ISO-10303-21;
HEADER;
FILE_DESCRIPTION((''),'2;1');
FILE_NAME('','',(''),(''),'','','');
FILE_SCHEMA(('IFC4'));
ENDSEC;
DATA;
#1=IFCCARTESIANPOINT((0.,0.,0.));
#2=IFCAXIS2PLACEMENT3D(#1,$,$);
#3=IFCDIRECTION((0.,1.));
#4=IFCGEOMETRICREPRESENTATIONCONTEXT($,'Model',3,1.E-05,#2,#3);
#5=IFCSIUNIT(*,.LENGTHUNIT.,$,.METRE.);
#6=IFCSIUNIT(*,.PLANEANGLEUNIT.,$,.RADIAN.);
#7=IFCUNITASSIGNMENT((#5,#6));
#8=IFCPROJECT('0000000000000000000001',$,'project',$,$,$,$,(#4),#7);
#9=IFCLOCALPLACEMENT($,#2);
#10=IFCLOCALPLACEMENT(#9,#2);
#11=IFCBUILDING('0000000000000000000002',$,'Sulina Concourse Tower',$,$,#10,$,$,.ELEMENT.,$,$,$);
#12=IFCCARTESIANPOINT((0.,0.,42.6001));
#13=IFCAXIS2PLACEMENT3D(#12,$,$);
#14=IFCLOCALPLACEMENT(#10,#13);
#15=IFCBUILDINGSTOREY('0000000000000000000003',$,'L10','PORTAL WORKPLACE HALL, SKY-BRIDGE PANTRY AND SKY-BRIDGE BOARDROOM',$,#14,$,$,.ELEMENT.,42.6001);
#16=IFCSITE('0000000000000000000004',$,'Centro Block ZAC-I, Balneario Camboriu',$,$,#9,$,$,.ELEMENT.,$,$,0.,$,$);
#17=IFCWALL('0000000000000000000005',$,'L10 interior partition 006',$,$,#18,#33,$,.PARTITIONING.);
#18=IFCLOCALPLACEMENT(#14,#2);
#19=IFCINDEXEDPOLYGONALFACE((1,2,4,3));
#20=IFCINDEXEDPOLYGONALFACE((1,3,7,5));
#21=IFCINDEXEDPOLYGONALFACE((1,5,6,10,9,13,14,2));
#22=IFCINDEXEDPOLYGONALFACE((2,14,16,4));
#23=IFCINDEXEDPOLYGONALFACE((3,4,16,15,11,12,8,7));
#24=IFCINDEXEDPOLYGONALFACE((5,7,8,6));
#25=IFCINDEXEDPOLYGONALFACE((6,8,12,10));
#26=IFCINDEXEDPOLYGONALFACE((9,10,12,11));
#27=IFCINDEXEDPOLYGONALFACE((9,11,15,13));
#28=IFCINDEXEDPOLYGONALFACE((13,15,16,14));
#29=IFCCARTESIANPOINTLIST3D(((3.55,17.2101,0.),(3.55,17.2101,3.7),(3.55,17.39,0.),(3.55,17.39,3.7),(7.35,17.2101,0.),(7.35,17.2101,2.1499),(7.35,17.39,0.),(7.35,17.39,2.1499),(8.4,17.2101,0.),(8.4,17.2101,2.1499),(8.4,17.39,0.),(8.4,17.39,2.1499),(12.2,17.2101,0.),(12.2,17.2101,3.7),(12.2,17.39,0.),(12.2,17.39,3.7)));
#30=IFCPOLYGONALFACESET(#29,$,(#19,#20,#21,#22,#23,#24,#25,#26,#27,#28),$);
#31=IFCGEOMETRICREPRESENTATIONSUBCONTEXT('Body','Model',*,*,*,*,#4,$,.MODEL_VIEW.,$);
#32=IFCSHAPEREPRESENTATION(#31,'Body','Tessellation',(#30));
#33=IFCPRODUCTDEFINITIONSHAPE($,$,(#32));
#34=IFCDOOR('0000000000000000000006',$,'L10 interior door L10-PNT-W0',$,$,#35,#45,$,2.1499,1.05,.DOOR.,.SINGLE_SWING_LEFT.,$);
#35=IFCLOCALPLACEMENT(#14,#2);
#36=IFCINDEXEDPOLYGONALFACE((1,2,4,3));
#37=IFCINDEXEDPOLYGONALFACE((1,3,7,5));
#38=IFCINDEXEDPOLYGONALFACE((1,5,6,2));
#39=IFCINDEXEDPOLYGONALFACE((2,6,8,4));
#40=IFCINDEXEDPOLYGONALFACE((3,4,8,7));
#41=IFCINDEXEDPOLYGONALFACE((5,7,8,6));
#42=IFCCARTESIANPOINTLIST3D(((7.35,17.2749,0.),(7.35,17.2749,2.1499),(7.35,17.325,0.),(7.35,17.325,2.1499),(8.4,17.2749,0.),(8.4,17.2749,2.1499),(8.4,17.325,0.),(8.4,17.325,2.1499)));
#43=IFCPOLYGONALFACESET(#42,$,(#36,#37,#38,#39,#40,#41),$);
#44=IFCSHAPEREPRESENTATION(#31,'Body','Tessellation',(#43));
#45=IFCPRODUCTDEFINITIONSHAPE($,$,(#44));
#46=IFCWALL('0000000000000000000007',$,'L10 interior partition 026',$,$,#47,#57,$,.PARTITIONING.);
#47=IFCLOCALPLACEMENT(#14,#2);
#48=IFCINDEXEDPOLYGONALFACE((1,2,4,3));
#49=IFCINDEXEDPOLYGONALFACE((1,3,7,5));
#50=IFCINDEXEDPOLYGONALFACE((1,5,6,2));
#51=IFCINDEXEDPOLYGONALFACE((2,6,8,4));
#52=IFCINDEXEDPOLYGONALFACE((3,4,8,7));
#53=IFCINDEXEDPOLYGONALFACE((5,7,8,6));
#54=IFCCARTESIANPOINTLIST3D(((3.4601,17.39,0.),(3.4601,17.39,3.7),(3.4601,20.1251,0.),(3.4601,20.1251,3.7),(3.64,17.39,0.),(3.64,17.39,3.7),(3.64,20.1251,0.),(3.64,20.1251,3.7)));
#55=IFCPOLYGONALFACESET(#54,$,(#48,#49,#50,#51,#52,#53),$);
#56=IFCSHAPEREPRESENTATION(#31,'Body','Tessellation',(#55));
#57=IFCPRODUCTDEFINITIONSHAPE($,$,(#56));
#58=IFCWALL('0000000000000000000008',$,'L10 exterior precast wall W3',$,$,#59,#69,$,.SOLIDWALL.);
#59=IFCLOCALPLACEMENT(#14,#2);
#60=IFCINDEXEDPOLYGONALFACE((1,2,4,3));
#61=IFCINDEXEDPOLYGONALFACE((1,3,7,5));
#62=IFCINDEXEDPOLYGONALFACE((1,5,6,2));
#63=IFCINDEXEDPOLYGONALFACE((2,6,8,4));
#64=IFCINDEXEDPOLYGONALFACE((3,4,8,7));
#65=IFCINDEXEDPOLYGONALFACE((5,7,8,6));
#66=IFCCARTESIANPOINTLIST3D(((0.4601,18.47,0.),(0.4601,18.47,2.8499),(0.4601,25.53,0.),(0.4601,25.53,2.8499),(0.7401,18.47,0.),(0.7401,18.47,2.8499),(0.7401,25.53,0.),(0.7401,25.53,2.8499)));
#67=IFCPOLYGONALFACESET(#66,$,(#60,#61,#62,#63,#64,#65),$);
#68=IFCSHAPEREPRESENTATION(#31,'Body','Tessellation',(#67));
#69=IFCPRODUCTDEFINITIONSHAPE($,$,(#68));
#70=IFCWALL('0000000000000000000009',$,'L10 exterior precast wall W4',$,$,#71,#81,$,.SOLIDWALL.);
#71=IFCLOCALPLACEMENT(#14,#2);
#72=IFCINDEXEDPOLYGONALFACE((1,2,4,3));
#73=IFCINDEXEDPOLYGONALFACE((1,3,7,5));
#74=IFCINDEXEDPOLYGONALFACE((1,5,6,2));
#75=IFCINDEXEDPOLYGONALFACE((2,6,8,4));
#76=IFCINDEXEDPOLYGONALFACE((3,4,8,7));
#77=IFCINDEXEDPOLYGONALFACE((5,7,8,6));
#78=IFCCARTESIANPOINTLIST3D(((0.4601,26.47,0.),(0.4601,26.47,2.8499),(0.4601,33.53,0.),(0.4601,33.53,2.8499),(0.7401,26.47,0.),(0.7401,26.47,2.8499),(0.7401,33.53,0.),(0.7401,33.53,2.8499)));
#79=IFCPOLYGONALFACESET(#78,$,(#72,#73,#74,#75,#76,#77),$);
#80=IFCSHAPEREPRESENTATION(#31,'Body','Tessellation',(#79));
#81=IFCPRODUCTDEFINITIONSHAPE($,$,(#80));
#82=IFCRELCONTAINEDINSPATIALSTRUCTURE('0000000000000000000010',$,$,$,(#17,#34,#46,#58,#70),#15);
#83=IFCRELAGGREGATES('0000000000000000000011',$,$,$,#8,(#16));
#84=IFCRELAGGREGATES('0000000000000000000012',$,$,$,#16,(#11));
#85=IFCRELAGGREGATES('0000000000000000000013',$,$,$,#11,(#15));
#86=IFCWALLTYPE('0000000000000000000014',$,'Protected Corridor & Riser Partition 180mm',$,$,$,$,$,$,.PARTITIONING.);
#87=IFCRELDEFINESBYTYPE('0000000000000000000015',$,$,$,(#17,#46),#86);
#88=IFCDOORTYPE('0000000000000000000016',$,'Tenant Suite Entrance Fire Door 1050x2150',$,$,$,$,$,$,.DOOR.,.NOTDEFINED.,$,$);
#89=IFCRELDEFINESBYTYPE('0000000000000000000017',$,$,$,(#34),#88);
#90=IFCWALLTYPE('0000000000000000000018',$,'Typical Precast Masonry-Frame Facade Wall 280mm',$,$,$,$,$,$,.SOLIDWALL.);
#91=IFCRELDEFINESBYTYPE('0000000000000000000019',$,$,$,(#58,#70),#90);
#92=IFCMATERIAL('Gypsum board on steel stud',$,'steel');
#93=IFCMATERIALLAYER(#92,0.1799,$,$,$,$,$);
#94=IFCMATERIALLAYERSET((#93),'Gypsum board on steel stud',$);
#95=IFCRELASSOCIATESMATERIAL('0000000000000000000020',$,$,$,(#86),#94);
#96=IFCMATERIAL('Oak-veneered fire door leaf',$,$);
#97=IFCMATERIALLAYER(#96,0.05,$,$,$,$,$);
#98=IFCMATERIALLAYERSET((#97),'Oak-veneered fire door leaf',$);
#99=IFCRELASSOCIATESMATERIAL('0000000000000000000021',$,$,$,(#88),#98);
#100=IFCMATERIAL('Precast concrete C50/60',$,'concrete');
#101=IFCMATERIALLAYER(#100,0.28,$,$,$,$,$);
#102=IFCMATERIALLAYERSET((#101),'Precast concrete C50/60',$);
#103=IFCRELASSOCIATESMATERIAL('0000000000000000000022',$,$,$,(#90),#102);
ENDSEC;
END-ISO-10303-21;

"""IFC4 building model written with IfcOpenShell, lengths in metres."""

from ifc_helpers import new_model, si_unit, direction, frame, frame_2d, origin, place, context, subcontext, project, spatial, rectangle, extrude, material, layer, layer_set, type_object, element, fill, save


model = new_model("IFC4")

# Units and contexts
model_context = context("Model", 3, precision=1e-05, world=origin(), true_north=direction((0.0, 1.0)))
body_context = subcontext(model_context, "Body", "Model", "MODEL_VIEW")
ifc_project = project(units=[si_unit("LENGTHUNIT", "METRE"), si_unit("PLANEANGLEUNIT", "RADIAN")], contexts=[model_context])

# Site, building, storey
site_placement = place(None, origin())
site = spatial("IfcSite", under=ifc_project, at=site_placement, Name="Centro Block ZAC-I, Balneario Camboriu", CompositionType="ELEMENT", RefElevation=0.0)
building_placement = place(site_placement, origin())
building = spatial("IfcBuilding", under=site, at=building_placement, Name="Sulina Concourse Tower", CompositionType="ELEMENT")
storey_placement = place(building_placement, frame((0.0, 0.0, 42.6001)))
storey = spatial("IfcBuildingStorey", under=building, at=storey_placement, Name="L10", Description="PORTAL WORKPLACE HALL, SKY-BRIDGE PANTRY AND SKY-BRIDGE BOARDROOM", CompositionType="ELEMENT", Elevation=42.6001)

# Shared definitions
ifc_material_1 = material(Name="Gypsum board on steel stud", Category="steel")
ifc_layer_1 = layer(ifc_material_1, 0.1799)
ifc_layer_set_1 = layer_set([ifc_layer_1], Name="Gypsum board on steel stud")
wall_type_1 = type_object("IfcWallType", Name="Protected Corridor & Riser Partition 180mm", PredefinedType="PARTITIONING", material=ifc_layer_set_1)

# Wall, opening, door
wall_1_placement = place(storey_placement, frame((3.55, 17.3, 0.0), z_axis=(0.0, 0.0, 1.0), x_axis=(1.0, 0.0, 0.0)))
wall_1 = element("IfcWall", 1, at=wall_1_placement, inside=storey, type_object=wall_type_1, Name="L10 interior partition 006", PredefinedType="PARTITIONING", context=body_context, shape_type="SweptSolid", body=[
    extrude(rectangle(XDim=8.6499, YDim=0.1799, at=frame_2d((4.325, 0.0))), origin(), (0.0, 0.0, 1.0), 3.7),
])
opening_1_placement = place(wall_1_placement, frame((3.8, 0.0, 0.0)))
opening_1 = element("IfcOpeningElement", 2, at=opening_1_placement, cuts=wall_1, PredefinedType="OPENING", context=body_context, shape_type="SweptSolid", body=[
    extrude(rectangle(XDim=1.05, YDim=2.1499, at=frame_2d((0.5249, 1.075))), frame((0.0, 0.0999, 0.0), z_axis=(0.0, -1.0, 0.0), x_axis=(1.0, 0.0, 0.0)), (0.0, 0.0, 1.0), 0.2),
])
ifc_material_2 = material(Name="Oak-veneered fire door leaf")
ifc_layer_2 = layer(ifc_material_2, 0.05)
ifc_layer_set_2 = layer_set([ifc_layer_2], Name="Oak-veneered fire door leaf")
door_type_1 = type_object("IfcDoorType", Name="Tenant Suite Entrance Fire Door 1050x2150", OperationType="NOTDEFINED", PredefinedType="DOOR", material=ifc_layer_set_2)
door_1_placement = place(opening_1_placement, origin())
door_1 = element("IfcDoor", 3, at=door_1_placement, inside=storey, type_object=door_type_1, Name="L10 interior door L10-PNT-W0", OperationType="SINGLE_SWING_LEFT", OverallHeight=2.1499, OverallWidth=1.05, PredefinedType="DOOR", context=body_context, shape_type="SweptSolid", body=[
    extrude(rectangle(XDim=1.05, YDim=2.1499, at=frame_2d((0.5249, 1.075))), frame((0.0, 0.0249, 0.0), z_axis=(0.0, -1.0, 0.0), x_axis=(1.0, 0.0, 0.0)), (0.0, 0.0, 1.0), 0.05),
])
fill(opening_1, door_1)

# Walls
wall_2_placement = place(storey_placement, frame((3.55, 17.3899, 0.0), z_axis=(0.0, 0.0, 1.0), x_axis=(0.0, 1.0, 0.0)))
element("IfcWall", 4, at=wall_2_placement, inside=storey, type_object=wall_type_1, Name="L10 interior partition 026", PredefinedType="PARTITIONING", context=body_context, shape_type="SweptSolid", body=[
    extrude(rectangle(XDim=2.7351, YDim=0.1799, at=frame_2d((1.3677, 0.0))), origin(), (0.0, 0.0, 1.0), 3.7),
])
ifc_material_3 = material(Name="Precast concrete C50/60", Category="concrete")
ifc_layer_3 = layer(ifc_material_3, 0.28)
ifc_layer_set_3 = layer_set([ifc_layer_3], Name="Precast concrete C50/60")
wall_type_2 = type_object("IfcWallType", Name="Typical Precast Masonry-Frame Facade Wall 280mm", PredefinedType="SOLIDWALL", material=ifc_layer_set_3)
for number, where, z_axis, x_axis, name in (
    (5, (0.6001, 18.47, 0.0), (0.0, 0.0, 1.0), (0.0, 1.0, 0.0), "L10 exterior precast wall W3"),
    (6, (0.6001, 26.47, 0.0), (0.0, 0.0, 1.0), (0.0, 1.0, 0.0), "L10 exterior precast wall W4"),
):
    element("IfcWall", number, at=place(storey_placement, frame(where, z_axis=z_axis, x_axis=x_axis)), inside=storey, type_object=wall_type_2, Name=name, PredefinedType="SOLIDWALL", context=body_context, shape_type="SweptSolid", body=[
        extrude(rectangle(XDim=7.0601, YDim=0.28, at=frame_2d((3.53, 0.0))), origin(), (0.0, 0.0, 1.0), 2.8499),
    ])

save(model, "model.ifc")
